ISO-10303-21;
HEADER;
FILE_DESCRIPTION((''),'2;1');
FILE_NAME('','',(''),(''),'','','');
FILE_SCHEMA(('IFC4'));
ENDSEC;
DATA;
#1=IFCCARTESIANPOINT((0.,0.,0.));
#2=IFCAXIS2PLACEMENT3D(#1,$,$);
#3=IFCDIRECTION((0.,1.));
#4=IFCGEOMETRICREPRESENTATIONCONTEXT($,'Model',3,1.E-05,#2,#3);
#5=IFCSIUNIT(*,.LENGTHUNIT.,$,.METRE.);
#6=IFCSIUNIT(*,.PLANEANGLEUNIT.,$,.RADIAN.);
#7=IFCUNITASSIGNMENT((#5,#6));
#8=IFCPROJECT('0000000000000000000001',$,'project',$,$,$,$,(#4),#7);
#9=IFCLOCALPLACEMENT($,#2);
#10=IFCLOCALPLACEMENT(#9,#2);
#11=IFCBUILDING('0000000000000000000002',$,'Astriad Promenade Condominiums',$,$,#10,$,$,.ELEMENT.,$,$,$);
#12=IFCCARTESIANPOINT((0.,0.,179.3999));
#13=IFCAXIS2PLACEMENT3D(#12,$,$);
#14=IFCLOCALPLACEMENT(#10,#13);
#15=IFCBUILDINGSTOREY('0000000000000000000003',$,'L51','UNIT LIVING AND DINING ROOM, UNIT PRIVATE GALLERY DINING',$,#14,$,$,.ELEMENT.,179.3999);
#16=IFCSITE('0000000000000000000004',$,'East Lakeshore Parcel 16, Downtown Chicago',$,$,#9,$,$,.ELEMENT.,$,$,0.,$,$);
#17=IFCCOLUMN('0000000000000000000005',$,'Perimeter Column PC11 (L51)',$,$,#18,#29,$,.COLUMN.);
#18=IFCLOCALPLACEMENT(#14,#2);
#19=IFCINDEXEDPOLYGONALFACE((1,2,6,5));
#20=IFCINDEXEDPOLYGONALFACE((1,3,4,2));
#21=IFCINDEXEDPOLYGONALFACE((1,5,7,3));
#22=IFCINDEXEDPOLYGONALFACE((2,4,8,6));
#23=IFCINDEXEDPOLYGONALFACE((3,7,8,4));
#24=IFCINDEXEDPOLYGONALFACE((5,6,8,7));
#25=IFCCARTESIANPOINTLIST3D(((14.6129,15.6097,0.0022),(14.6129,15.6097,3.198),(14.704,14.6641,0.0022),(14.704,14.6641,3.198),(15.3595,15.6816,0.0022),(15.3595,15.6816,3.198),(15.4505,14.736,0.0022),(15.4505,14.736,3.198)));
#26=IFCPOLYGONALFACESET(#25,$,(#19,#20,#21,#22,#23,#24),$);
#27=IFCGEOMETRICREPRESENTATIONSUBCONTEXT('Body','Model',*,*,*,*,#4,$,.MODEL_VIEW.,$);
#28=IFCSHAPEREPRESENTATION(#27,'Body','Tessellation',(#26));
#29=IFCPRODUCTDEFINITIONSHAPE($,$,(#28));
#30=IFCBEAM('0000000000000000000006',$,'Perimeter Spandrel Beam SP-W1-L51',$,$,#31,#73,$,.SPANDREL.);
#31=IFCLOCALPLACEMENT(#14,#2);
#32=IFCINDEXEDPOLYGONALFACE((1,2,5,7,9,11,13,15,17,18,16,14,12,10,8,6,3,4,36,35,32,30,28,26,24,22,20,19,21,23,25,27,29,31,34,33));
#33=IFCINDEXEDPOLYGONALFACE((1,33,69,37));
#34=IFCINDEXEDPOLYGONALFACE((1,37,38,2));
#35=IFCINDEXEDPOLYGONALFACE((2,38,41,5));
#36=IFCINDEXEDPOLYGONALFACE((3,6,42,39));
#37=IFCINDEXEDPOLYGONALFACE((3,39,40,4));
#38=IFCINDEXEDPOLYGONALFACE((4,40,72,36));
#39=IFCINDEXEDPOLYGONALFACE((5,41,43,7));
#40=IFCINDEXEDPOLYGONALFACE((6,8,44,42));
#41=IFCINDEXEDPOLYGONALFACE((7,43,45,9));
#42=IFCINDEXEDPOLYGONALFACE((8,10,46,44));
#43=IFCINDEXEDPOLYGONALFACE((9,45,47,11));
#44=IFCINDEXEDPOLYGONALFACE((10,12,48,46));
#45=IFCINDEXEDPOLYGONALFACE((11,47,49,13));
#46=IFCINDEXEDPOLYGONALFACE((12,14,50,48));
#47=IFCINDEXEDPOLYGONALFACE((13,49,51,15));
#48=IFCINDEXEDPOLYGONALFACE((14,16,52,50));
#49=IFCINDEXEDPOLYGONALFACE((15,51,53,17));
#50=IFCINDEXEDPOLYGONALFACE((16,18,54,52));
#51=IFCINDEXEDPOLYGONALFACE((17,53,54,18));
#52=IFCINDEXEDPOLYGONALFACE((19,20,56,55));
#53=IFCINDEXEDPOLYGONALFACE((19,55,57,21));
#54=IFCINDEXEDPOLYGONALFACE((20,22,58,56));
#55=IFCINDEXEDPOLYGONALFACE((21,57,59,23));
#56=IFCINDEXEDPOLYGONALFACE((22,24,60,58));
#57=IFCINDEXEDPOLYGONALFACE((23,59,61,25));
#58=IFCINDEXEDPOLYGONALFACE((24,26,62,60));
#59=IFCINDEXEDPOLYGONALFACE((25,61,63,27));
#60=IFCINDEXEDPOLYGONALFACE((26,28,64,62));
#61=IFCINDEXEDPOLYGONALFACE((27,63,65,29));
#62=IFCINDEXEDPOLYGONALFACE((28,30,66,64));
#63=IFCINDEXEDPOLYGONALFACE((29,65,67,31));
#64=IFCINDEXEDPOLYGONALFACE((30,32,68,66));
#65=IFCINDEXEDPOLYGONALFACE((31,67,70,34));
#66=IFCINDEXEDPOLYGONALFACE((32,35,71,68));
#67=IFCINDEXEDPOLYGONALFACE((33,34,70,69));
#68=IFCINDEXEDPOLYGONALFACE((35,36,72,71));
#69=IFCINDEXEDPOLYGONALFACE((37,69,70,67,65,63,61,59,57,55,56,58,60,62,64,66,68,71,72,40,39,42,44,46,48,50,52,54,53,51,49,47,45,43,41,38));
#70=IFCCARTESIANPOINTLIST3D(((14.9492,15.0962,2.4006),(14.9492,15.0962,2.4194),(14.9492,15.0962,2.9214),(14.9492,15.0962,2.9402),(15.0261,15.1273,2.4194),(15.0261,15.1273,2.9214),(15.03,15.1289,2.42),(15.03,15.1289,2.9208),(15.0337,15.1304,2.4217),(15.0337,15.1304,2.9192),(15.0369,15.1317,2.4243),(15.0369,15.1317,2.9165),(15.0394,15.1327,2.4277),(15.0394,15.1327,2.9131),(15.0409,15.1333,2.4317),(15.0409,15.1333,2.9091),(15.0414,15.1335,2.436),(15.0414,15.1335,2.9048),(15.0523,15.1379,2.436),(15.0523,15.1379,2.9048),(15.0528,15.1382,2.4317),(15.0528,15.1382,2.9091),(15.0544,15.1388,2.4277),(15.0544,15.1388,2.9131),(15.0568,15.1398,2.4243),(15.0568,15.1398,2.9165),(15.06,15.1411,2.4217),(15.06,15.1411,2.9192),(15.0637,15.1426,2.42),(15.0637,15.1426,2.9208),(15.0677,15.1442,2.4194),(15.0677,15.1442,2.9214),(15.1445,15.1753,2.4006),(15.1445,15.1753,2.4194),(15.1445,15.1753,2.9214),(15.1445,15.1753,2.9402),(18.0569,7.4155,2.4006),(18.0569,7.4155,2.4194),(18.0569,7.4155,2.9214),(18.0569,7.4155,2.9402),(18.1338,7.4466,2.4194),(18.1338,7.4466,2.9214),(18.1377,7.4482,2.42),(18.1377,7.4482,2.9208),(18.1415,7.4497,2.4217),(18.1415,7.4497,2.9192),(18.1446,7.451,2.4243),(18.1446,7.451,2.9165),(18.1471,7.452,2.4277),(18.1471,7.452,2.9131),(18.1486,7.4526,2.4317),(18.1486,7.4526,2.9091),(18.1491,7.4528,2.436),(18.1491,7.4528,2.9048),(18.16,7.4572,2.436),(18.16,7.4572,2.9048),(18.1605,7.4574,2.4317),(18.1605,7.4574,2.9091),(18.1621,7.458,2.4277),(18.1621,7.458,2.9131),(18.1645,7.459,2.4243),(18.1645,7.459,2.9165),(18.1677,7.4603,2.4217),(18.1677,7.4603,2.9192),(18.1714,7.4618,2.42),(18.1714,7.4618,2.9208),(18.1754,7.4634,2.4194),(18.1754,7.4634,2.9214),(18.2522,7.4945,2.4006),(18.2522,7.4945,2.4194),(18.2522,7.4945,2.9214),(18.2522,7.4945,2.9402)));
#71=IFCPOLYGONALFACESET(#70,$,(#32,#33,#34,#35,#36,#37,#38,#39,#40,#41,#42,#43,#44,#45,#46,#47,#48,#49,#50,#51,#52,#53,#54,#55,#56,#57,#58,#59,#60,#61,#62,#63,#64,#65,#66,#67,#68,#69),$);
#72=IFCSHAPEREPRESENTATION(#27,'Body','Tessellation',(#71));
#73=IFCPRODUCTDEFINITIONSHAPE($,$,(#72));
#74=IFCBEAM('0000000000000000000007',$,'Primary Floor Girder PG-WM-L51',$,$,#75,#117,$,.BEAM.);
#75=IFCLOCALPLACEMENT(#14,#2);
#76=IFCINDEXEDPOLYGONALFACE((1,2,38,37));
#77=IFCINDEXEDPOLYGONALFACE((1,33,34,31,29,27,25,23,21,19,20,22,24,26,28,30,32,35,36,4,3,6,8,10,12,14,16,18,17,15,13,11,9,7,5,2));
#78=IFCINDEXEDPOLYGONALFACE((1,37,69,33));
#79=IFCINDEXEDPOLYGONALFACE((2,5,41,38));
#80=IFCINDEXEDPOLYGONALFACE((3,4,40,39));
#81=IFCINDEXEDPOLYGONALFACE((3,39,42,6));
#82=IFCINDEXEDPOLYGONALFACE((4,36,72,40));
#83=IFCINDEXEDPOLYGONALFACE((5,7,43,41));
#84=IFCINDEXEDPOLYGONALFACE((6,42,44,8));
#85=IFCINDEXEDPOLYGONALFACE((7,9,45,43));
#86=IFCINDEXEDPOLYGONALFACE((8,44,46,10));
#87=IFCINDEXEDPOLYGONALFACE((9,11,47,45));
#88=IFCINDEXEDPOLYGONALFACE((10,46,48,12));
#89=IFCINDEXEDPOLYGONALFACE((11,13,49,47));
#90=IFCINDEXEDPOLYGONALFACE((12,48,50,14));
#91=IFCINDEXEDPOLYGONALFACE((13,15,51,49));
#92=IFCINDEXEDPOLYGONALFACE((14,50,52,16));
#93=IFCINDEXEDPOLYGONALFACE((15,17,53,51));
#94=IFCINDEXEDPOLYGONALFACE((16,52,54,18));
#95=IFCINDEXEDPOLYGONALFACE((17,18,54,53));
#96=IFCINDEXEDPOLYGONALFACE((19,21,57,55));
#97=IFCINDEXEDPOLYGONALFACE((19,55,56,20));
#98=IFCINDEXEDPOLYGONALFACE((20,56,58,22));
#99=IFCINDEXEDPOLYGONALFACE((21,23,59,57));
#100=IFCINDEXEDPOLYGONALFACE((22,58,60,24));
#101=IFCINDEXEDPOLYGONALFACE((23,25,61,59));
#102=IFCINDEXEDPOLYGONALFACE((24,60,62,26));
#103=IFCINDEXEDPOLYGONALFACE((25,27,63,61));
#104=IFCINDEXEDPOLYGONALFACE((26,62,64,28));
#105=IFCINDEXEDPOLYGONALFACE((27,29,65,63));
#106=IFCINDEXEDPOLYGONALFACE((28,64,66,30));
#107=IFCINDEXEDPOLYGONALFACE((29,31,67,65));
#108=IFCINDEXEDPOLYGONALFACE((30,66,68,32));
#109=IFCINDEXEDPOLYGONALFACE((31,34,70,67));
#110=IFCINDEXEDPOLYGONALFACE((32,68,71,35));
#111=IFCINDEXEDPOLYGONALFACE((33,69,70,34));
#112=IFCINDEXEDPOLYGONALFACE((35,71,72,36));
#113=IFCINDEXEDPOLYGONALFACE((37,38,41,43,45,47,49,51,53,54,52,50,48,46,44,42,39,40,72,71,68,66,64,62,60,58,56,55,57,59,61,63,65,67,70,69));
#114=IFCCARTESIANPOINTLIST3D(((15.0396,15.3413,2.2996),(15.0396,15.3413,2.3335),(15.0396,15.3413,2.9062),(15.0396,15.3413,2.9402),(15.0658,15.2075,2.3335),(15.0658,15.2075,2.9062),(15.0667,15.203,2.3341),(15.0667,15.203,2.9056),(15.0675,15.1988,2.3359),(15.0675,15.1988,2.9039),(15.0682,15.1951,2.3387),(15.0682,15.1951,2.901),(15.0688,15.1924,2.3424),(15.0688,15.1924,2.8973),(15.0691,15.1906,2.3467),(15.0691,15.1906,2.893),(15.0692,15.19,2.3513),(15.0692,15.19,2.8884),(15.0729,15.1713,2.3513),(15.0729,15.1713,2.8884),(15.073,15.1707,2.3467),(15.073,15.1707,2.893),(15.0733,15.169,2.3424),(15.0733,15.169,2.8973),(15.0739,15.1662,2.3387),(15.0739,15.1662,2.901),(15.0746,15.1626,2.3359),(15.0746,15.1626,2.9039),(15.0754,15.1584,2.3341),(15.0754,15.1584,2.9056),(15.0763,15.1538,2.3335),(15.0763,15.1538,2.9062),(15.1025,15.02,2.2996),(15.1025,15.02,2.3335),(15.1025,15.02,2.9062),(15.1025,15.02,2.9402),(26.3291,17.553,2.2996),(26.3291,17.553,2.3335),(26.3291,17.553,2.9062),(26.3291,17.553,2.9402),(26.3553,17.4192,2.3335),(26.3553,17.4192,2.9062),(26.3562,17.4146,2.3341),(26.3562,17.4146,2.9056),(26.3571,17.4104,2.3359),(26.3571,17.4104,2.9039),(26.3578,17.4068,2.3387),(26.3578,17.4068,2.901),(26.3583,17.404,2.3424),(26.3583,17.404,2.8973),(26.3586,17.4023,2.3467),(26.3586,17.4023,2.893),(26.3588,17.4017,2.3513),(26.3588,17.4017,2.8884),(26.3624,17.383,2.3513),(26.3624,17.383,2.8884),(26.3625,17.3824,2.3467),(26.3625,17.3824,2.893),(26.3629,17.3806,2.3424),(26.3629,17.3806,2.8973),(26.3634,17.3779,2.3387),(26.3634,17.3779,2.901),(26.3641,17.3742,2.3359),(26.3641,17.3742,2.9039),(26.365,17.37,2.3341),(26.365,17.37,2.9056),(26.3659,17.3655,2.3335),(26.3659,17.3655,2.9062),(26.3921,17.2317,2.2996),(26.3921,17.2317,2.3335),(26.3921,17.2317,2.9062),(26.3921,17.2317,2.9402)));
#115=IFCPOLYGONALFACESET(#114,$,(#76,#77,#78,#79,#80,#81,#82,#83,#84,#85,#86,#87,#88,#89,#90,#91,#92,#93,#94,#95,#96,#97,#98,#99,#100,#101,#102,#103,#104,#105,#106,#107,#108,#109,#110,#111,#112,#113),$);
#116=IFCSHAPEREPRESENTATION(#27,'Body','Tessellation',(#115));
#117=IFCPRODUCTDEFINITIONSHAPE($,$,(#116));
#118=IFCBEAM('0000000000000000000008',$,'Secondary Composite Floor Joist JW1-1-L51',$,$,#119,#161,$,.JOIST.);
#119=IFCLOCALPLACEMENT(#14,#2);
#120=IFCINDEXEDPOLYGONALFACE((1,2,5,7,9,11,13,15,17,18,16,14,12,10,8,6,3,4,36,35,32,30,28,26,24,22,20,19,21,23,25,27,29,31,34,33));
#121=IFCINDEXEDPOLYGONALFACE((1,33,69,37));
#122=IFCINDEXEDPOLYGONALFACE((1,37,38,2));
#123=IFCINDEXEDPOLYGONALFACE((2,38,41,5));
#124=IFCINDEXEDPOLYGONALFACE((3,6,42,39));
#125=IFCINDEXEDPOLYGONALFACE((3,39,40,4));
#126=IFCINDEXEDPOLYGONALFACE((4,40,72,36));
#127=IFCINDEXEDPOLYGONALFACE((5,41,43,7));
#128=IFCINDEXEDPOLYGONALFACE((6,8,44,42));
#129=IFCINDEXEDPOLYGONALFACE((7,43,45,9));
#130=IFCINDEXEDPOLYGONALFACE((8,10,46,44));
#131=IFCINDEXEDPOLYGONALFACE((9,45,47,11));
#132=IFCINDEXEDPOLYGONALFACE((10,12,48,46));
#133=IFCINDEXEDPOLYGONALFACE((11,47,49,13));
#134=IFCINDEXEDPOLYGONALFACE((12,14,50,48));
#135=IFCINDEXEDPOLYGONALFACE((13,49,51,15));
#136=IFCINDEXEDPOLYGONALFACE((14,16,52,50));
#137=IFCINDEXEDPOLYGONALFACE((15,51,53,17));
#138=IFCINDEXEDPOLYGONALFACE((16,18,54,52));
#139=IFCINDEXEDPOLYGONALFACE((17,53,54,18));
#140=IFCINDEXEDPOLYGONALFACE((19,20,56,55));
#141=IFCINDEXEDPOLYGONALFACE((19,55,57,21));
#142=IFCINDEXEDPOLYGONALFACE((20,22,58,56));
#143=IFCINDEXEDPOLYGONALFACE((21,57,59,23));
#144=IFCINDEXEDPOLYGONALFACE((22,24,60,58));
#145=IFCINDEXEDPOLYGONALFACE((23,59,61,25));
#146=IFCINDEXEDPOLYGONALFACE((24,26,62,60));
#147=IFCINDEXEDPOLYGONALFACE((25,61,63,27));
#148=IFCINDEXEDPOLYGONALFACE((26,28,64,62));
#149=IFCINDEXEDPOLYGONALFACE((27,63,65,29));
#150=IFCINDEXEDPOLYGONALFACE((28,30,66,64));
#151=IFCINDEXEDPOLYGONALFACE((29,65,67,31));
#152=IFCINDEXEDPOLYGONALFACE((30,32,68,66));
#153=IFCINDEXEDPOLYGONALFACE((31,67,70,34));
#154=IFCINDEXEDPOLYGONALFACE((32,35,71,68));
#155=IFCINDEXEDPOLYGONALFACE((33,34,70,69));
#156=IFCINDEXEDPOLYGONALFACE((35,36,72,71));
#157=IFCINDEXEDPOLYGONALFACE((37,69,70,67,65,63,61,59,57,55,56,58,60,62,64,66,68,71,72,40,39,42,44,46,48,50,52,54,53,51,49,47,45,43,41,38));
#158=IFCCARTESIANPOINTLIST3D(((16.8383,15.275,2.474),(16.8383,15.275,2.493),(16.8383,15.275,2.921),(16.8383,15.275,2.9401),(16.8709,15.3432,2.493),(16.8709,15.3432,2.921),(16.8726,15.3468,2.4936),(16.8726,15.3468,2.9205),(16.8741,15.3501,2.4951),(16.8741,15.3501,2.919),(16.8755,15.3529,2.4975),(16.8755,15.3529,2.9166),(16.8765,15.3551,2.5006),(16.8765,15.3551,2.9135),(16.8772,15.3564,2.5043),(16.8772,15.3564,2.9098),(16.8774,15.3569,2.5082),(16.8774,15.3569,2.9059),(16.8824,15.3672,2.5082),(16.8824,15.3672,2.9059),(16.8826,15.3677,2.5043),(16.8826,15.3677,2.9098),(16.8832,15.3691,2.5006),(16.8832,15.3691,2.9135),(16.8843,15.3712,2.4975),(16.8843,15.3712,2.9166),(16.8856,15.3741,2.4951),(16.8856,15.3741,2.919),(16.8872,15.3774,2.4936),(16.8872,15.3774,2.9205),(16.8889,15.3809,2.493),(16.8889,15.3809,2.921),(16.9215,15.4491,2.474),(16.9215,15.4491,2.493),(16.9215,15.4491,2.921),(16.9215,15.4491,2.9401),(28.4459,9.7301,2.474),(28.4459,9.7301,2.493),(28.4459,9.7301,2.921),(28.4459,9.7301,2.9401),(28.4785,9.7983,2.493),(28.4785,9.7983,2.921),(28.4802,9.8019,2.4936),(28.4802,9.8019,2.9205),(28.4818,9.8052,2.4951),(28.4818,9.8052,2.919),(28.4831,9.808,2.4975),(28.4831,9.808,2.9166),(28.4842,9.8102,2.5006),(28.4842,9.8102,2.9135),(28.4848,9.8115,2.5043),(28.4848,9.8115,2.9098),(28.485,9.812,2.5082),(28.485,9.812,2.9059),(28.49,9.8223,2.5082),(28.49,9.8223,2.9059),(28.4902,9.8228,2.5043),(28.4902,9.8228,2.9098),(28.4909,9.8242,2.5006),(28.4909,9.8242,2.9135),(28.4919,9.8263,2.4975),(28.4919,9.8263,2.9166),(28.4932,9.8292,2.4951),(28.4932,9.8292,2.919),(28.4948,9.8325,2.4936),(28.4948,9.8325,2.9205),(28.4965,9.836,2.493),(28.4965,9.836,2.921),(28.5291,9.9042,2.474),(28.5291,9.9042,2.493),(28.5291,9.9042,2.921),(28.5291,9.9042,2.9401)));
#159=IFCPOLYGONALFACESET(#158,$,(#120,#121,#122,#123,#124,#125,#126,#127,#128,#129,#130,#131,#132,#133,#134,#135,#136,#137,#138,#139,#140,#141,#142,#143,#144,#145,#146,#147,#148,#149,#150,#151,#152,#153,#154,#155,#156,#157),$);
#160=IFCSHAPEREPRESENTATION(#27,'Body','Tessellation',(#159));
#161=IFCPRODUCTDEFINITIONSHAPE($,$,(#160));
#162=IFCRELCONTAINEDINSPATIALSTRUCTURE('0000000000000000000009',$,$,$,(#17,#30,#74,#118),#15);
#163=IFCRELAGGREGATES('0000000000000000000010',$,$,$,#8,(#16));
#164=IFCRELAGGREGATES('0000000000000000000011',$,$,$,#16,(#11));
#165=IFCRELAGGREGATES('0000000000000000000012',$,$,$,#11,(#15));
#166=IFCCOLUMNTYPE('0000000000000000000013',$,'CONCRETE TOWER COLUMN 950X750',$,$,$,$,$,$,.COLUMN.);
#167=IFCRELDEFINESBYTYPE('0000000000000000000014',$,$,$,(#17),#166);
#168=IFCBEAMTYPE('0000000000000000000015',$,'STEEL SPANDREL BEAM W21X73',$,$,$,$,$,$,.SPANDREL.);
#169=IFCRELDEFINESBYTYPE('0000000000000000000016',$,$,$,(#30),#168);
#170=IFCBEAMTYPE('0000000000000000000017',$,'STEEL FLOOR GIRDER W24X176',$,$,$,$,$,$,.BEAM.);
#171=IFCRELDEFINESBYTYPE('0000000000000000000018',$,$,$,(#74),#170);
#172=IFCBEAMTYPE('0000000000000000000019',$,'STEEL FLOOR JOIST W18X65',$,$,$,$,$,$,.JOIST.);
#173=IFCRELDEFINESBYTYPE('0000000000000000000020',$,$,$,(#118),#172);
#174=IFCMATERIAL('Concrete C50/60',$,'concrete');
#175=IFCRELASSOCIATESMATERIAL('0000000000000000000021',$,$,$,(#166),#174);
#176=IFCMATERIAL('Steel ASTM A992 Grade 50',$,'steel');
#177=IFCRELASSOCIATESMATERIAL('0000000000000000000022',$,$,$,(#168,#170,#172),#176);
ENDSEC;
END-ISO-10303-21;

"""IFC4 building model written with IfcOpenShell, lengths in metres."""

from ifc_helpers import new_model, si_unit, direction, frame, origin, origin_2d, place, context, subcontext, project, spatial, rectangle, i_section, extrude, source, transform, mapped, material, material_profile, profile_set, type_object, type_shapes, element, save


model = new_model("IFC4")

# Units and contexts
model_context = context("Model", 3, precision=1e-05, world=origin(), true_north=direction((0.0, 1.0)))
body_context = subcontext(model_context, "Body", "Model", "MODEL_VIEW")
ifc_project = project(units=[si_unit("LENGTHUNIT", "METRE"), si_unit("PLANEANGLEUNIT", "RADIAN")], contexts=[model_context])

# Site, building, storey
site_placement = place(None, origin())
site = spatial("IfcSite", under=ifc_project, at=site_placement, Name="East Lakeshore Parcel 16, Downtown Chicago", CompositionType="ELEMENT", RefElevation=0.0)
building_placement = place(site_placement, origin())
building = spatial("IfcBuilding", under=site, at=building_placement, Name="Astriad Promenade Condominiums", CompositionType="ELEMENT")
storey_placement = place(building_placement, frame((0.0, 0.0, 179.3999)))
storey = spatial("IfcBuildingStorey", under=building, at=storey_placement, Name="L51", Description="UNIT LIVING AND DINING ROOM, UNIT PRIVATE GALLERY DINING", CompositionType="ELEMENT", Elevation=179.3999)

# Column
ifc_material_1 = material(Name="Concrete C50/60", Category="concrete")
ifc_material_profile_1 = material_profile(ifc_material_1, rectangle(XDim=0.75, YDim=0.95, at=origin_2d()), Name="RC-COL-950X750")
ifc_profile_set_1 = profile_set([ifc_material_profile_1], Name="Concrete C50/60")
column_type = type_object("IfcColumnType", Name="CONCRETE TOWER COLUMN 950X750", PredefinedType="COLUMN", material=ifc_profile_set_1)
shared_shape_1 = source(origin(), body_context, "Body", "SweptSolid", [
    extrude(rectangle(XDim=0.75, YDim=0.95, at=origin_2d()), origin(), (0.0, 0.0, 1.0), 3.1958),
])
type_shapes(column_type, [shared_shape_1])
column_placement = place(storey_placement, frame((15.0317, 15.1729, 0.0022), z_axis=(0.0, 0.0, 1.0), x_axis=(0.995396, 0.095846, 0.0)))
element("IfcColumn", 1, at=column_placement, inside=storey, type_object=column_type, Name="Perimeter Column PC11 (L51)", PredefinedType="COLUMN", context=body_context, shape_type="MappedRepresentation", body=[
    mapped(shared_shape_1, transform((0.0, 0.0, 0.0), scale=1.0)),
])

# Beams
ifc_material_2 = material(Name="Steel ASTM A992 Grade 50", Category="steel")
ifc_material_profile_2 = material_profile(ifc_material_2, i_section(OverallWidth=0.2107, OverallDepth=0.5396, WebThickness=0.0117, FlangeThickness=0.0188, FilletRadius=0.0166, at=origin_2d()), Name="W21X73")
ifc_profile_set_2 = profile_set([ifc_material_profile_2], Name="Steel ASTM A992 Grade 50")
beam_type_1 = type_object("IfcBeamType", Name="STEEL SPANDREL BEAM W21X73", PredefinedType="SPANDREL", material=ifc_profile_set_2)
shared_shape_2 = source(origin(), body_context, "Body", "SweptSolid", [
    extrude(i_section(OverallWidth=0.2107, OverallDepth=0.5396, WebThickness=0.0117, FlangeThickness=0.0188, FilletRadius=0.0166, at=origin_2d()), origin(), (0.0, 0.0, 1.0), 8.2856),
])
type_shapes(beam_type_1, [shared_shape_2])
beam_1_placement = place(storey_placement, frame((15.0469, 15.1357, 2.6704), z_axis=(0.375071, -0.926996, 0.0), x_axis=(0.926996, 0.375071, 0.0)))
element("IfcBeam", 2, at=beam_1_placement, inside=storey, type_object=beam_type_1, Name="Perimeter Spandrel Beam SP-W1-L51", PredefinedType="SPANDREL", context=body_context, shape_type="MappedRepresentation", body=[
    mapped(shared_shape_2, transform((0.0, 0.0, 0.0), scale=1.0)),
])
ifc_material_profile_3 = material_profile(ifc_material_2, i_section(OverallWidth=0.3274, OverallDepth=0.6406, WebThickness=0.019, FlangeThickness=0.0339, FilletRadius=0.0178, at=origin_2d()), Name="W24X176")
ifc_profile_set_3 = profile_set([ifc_material_profile_3], Name="Steel ASTM A992 Grade 50")
beam_type_2 = type_object("IfcBeamType", Name="STEEL FLOOR GIRDER W24X176", PredefinedType="BEAM", material=ifc_profile_set_3)
shared_shape_3 = source(origin(), body_context, "Body", "SweptSolid", [
    extrude(i_section(OverallWidth=0.3274, OverallDepth=0.6406, WebThickness=0.019, FlangeThickness=0.0339, FilletRadius=0.0178, at=origin_2d()), origin(), (0.0, 0.0, 1.0), 11.5042),
])
type_shapes(beam_type_2, [shared_shape_3])
beam_2_placement = place(storey_placement, frame((15.071, 15.1807, 2.6199), z_axis=(0.981346, 0.19225, 0.0), x_axis=(-0.19225, 0.981346, 0.0)))
element("IfcBeam", 3, at=beam_2_placement, inside=storey, type_object=beam_type_2, Name="Primary Floor Girder PG-WM-L51", PredefinedType="BEAM", context=body_context, shape_type="MappedRepresentation", body=[
    mapped(shared_shape_3, transform((0.0, 0.0, 0.0), scale=1.0)),
])
ifc_material_profile_4 = material_profile(ifc_material_2, i_section(OverallWidth=0.1929, OverallDepth=0.4661, WebThickness=0.0115, FlangeThickness=0.019, FilletRadius=0.0151, at=origin_2d()), Name="W18X65")
ifc_profile_set_4 = profile_set([ifc_material_profile_4], Name="Steel ASTM A992 Grade 50")
beam_type_3 = type_object("IfcBeamType", Name="STEEL FLOOR JOIST W18X65", PredefinedType="JOIST", material=ifc_profile_set_4)
shared_shape_4 = source(origin(), body_context, "Body", "SweptSolid", [
    extrude(i_section(OverallWidth=0.1929, OverallDepth=0.4661, WebThickness=0.0115, FlangeThickness=0.019, FilletRadius=0.0151, at=origin_2d()), origin(), (0.0, 0.0, 1.0), 12.864),
])
beam_3_placement = place(storey_placement, frame((16.8799, 15.3621, 2.707), z_axis=(0.902333, -0.43104, 0.0), x_axis=(0.43104, 0.902333, 0.0)))
element("IfcBeam", 4, at=beam_3_placement, inside=storey, type_object=beam_type_3, Name="Secondary Composite Floor Joist JW1-1-L51", PredefinedType="JOIST", context=body_context, shape_type="MappedRepresentation", body=[
    mapped(shared_shape_4, transform((0.0, 0.0, 0.0), scale=1.0)),
])

save(model, "model.ifc")
